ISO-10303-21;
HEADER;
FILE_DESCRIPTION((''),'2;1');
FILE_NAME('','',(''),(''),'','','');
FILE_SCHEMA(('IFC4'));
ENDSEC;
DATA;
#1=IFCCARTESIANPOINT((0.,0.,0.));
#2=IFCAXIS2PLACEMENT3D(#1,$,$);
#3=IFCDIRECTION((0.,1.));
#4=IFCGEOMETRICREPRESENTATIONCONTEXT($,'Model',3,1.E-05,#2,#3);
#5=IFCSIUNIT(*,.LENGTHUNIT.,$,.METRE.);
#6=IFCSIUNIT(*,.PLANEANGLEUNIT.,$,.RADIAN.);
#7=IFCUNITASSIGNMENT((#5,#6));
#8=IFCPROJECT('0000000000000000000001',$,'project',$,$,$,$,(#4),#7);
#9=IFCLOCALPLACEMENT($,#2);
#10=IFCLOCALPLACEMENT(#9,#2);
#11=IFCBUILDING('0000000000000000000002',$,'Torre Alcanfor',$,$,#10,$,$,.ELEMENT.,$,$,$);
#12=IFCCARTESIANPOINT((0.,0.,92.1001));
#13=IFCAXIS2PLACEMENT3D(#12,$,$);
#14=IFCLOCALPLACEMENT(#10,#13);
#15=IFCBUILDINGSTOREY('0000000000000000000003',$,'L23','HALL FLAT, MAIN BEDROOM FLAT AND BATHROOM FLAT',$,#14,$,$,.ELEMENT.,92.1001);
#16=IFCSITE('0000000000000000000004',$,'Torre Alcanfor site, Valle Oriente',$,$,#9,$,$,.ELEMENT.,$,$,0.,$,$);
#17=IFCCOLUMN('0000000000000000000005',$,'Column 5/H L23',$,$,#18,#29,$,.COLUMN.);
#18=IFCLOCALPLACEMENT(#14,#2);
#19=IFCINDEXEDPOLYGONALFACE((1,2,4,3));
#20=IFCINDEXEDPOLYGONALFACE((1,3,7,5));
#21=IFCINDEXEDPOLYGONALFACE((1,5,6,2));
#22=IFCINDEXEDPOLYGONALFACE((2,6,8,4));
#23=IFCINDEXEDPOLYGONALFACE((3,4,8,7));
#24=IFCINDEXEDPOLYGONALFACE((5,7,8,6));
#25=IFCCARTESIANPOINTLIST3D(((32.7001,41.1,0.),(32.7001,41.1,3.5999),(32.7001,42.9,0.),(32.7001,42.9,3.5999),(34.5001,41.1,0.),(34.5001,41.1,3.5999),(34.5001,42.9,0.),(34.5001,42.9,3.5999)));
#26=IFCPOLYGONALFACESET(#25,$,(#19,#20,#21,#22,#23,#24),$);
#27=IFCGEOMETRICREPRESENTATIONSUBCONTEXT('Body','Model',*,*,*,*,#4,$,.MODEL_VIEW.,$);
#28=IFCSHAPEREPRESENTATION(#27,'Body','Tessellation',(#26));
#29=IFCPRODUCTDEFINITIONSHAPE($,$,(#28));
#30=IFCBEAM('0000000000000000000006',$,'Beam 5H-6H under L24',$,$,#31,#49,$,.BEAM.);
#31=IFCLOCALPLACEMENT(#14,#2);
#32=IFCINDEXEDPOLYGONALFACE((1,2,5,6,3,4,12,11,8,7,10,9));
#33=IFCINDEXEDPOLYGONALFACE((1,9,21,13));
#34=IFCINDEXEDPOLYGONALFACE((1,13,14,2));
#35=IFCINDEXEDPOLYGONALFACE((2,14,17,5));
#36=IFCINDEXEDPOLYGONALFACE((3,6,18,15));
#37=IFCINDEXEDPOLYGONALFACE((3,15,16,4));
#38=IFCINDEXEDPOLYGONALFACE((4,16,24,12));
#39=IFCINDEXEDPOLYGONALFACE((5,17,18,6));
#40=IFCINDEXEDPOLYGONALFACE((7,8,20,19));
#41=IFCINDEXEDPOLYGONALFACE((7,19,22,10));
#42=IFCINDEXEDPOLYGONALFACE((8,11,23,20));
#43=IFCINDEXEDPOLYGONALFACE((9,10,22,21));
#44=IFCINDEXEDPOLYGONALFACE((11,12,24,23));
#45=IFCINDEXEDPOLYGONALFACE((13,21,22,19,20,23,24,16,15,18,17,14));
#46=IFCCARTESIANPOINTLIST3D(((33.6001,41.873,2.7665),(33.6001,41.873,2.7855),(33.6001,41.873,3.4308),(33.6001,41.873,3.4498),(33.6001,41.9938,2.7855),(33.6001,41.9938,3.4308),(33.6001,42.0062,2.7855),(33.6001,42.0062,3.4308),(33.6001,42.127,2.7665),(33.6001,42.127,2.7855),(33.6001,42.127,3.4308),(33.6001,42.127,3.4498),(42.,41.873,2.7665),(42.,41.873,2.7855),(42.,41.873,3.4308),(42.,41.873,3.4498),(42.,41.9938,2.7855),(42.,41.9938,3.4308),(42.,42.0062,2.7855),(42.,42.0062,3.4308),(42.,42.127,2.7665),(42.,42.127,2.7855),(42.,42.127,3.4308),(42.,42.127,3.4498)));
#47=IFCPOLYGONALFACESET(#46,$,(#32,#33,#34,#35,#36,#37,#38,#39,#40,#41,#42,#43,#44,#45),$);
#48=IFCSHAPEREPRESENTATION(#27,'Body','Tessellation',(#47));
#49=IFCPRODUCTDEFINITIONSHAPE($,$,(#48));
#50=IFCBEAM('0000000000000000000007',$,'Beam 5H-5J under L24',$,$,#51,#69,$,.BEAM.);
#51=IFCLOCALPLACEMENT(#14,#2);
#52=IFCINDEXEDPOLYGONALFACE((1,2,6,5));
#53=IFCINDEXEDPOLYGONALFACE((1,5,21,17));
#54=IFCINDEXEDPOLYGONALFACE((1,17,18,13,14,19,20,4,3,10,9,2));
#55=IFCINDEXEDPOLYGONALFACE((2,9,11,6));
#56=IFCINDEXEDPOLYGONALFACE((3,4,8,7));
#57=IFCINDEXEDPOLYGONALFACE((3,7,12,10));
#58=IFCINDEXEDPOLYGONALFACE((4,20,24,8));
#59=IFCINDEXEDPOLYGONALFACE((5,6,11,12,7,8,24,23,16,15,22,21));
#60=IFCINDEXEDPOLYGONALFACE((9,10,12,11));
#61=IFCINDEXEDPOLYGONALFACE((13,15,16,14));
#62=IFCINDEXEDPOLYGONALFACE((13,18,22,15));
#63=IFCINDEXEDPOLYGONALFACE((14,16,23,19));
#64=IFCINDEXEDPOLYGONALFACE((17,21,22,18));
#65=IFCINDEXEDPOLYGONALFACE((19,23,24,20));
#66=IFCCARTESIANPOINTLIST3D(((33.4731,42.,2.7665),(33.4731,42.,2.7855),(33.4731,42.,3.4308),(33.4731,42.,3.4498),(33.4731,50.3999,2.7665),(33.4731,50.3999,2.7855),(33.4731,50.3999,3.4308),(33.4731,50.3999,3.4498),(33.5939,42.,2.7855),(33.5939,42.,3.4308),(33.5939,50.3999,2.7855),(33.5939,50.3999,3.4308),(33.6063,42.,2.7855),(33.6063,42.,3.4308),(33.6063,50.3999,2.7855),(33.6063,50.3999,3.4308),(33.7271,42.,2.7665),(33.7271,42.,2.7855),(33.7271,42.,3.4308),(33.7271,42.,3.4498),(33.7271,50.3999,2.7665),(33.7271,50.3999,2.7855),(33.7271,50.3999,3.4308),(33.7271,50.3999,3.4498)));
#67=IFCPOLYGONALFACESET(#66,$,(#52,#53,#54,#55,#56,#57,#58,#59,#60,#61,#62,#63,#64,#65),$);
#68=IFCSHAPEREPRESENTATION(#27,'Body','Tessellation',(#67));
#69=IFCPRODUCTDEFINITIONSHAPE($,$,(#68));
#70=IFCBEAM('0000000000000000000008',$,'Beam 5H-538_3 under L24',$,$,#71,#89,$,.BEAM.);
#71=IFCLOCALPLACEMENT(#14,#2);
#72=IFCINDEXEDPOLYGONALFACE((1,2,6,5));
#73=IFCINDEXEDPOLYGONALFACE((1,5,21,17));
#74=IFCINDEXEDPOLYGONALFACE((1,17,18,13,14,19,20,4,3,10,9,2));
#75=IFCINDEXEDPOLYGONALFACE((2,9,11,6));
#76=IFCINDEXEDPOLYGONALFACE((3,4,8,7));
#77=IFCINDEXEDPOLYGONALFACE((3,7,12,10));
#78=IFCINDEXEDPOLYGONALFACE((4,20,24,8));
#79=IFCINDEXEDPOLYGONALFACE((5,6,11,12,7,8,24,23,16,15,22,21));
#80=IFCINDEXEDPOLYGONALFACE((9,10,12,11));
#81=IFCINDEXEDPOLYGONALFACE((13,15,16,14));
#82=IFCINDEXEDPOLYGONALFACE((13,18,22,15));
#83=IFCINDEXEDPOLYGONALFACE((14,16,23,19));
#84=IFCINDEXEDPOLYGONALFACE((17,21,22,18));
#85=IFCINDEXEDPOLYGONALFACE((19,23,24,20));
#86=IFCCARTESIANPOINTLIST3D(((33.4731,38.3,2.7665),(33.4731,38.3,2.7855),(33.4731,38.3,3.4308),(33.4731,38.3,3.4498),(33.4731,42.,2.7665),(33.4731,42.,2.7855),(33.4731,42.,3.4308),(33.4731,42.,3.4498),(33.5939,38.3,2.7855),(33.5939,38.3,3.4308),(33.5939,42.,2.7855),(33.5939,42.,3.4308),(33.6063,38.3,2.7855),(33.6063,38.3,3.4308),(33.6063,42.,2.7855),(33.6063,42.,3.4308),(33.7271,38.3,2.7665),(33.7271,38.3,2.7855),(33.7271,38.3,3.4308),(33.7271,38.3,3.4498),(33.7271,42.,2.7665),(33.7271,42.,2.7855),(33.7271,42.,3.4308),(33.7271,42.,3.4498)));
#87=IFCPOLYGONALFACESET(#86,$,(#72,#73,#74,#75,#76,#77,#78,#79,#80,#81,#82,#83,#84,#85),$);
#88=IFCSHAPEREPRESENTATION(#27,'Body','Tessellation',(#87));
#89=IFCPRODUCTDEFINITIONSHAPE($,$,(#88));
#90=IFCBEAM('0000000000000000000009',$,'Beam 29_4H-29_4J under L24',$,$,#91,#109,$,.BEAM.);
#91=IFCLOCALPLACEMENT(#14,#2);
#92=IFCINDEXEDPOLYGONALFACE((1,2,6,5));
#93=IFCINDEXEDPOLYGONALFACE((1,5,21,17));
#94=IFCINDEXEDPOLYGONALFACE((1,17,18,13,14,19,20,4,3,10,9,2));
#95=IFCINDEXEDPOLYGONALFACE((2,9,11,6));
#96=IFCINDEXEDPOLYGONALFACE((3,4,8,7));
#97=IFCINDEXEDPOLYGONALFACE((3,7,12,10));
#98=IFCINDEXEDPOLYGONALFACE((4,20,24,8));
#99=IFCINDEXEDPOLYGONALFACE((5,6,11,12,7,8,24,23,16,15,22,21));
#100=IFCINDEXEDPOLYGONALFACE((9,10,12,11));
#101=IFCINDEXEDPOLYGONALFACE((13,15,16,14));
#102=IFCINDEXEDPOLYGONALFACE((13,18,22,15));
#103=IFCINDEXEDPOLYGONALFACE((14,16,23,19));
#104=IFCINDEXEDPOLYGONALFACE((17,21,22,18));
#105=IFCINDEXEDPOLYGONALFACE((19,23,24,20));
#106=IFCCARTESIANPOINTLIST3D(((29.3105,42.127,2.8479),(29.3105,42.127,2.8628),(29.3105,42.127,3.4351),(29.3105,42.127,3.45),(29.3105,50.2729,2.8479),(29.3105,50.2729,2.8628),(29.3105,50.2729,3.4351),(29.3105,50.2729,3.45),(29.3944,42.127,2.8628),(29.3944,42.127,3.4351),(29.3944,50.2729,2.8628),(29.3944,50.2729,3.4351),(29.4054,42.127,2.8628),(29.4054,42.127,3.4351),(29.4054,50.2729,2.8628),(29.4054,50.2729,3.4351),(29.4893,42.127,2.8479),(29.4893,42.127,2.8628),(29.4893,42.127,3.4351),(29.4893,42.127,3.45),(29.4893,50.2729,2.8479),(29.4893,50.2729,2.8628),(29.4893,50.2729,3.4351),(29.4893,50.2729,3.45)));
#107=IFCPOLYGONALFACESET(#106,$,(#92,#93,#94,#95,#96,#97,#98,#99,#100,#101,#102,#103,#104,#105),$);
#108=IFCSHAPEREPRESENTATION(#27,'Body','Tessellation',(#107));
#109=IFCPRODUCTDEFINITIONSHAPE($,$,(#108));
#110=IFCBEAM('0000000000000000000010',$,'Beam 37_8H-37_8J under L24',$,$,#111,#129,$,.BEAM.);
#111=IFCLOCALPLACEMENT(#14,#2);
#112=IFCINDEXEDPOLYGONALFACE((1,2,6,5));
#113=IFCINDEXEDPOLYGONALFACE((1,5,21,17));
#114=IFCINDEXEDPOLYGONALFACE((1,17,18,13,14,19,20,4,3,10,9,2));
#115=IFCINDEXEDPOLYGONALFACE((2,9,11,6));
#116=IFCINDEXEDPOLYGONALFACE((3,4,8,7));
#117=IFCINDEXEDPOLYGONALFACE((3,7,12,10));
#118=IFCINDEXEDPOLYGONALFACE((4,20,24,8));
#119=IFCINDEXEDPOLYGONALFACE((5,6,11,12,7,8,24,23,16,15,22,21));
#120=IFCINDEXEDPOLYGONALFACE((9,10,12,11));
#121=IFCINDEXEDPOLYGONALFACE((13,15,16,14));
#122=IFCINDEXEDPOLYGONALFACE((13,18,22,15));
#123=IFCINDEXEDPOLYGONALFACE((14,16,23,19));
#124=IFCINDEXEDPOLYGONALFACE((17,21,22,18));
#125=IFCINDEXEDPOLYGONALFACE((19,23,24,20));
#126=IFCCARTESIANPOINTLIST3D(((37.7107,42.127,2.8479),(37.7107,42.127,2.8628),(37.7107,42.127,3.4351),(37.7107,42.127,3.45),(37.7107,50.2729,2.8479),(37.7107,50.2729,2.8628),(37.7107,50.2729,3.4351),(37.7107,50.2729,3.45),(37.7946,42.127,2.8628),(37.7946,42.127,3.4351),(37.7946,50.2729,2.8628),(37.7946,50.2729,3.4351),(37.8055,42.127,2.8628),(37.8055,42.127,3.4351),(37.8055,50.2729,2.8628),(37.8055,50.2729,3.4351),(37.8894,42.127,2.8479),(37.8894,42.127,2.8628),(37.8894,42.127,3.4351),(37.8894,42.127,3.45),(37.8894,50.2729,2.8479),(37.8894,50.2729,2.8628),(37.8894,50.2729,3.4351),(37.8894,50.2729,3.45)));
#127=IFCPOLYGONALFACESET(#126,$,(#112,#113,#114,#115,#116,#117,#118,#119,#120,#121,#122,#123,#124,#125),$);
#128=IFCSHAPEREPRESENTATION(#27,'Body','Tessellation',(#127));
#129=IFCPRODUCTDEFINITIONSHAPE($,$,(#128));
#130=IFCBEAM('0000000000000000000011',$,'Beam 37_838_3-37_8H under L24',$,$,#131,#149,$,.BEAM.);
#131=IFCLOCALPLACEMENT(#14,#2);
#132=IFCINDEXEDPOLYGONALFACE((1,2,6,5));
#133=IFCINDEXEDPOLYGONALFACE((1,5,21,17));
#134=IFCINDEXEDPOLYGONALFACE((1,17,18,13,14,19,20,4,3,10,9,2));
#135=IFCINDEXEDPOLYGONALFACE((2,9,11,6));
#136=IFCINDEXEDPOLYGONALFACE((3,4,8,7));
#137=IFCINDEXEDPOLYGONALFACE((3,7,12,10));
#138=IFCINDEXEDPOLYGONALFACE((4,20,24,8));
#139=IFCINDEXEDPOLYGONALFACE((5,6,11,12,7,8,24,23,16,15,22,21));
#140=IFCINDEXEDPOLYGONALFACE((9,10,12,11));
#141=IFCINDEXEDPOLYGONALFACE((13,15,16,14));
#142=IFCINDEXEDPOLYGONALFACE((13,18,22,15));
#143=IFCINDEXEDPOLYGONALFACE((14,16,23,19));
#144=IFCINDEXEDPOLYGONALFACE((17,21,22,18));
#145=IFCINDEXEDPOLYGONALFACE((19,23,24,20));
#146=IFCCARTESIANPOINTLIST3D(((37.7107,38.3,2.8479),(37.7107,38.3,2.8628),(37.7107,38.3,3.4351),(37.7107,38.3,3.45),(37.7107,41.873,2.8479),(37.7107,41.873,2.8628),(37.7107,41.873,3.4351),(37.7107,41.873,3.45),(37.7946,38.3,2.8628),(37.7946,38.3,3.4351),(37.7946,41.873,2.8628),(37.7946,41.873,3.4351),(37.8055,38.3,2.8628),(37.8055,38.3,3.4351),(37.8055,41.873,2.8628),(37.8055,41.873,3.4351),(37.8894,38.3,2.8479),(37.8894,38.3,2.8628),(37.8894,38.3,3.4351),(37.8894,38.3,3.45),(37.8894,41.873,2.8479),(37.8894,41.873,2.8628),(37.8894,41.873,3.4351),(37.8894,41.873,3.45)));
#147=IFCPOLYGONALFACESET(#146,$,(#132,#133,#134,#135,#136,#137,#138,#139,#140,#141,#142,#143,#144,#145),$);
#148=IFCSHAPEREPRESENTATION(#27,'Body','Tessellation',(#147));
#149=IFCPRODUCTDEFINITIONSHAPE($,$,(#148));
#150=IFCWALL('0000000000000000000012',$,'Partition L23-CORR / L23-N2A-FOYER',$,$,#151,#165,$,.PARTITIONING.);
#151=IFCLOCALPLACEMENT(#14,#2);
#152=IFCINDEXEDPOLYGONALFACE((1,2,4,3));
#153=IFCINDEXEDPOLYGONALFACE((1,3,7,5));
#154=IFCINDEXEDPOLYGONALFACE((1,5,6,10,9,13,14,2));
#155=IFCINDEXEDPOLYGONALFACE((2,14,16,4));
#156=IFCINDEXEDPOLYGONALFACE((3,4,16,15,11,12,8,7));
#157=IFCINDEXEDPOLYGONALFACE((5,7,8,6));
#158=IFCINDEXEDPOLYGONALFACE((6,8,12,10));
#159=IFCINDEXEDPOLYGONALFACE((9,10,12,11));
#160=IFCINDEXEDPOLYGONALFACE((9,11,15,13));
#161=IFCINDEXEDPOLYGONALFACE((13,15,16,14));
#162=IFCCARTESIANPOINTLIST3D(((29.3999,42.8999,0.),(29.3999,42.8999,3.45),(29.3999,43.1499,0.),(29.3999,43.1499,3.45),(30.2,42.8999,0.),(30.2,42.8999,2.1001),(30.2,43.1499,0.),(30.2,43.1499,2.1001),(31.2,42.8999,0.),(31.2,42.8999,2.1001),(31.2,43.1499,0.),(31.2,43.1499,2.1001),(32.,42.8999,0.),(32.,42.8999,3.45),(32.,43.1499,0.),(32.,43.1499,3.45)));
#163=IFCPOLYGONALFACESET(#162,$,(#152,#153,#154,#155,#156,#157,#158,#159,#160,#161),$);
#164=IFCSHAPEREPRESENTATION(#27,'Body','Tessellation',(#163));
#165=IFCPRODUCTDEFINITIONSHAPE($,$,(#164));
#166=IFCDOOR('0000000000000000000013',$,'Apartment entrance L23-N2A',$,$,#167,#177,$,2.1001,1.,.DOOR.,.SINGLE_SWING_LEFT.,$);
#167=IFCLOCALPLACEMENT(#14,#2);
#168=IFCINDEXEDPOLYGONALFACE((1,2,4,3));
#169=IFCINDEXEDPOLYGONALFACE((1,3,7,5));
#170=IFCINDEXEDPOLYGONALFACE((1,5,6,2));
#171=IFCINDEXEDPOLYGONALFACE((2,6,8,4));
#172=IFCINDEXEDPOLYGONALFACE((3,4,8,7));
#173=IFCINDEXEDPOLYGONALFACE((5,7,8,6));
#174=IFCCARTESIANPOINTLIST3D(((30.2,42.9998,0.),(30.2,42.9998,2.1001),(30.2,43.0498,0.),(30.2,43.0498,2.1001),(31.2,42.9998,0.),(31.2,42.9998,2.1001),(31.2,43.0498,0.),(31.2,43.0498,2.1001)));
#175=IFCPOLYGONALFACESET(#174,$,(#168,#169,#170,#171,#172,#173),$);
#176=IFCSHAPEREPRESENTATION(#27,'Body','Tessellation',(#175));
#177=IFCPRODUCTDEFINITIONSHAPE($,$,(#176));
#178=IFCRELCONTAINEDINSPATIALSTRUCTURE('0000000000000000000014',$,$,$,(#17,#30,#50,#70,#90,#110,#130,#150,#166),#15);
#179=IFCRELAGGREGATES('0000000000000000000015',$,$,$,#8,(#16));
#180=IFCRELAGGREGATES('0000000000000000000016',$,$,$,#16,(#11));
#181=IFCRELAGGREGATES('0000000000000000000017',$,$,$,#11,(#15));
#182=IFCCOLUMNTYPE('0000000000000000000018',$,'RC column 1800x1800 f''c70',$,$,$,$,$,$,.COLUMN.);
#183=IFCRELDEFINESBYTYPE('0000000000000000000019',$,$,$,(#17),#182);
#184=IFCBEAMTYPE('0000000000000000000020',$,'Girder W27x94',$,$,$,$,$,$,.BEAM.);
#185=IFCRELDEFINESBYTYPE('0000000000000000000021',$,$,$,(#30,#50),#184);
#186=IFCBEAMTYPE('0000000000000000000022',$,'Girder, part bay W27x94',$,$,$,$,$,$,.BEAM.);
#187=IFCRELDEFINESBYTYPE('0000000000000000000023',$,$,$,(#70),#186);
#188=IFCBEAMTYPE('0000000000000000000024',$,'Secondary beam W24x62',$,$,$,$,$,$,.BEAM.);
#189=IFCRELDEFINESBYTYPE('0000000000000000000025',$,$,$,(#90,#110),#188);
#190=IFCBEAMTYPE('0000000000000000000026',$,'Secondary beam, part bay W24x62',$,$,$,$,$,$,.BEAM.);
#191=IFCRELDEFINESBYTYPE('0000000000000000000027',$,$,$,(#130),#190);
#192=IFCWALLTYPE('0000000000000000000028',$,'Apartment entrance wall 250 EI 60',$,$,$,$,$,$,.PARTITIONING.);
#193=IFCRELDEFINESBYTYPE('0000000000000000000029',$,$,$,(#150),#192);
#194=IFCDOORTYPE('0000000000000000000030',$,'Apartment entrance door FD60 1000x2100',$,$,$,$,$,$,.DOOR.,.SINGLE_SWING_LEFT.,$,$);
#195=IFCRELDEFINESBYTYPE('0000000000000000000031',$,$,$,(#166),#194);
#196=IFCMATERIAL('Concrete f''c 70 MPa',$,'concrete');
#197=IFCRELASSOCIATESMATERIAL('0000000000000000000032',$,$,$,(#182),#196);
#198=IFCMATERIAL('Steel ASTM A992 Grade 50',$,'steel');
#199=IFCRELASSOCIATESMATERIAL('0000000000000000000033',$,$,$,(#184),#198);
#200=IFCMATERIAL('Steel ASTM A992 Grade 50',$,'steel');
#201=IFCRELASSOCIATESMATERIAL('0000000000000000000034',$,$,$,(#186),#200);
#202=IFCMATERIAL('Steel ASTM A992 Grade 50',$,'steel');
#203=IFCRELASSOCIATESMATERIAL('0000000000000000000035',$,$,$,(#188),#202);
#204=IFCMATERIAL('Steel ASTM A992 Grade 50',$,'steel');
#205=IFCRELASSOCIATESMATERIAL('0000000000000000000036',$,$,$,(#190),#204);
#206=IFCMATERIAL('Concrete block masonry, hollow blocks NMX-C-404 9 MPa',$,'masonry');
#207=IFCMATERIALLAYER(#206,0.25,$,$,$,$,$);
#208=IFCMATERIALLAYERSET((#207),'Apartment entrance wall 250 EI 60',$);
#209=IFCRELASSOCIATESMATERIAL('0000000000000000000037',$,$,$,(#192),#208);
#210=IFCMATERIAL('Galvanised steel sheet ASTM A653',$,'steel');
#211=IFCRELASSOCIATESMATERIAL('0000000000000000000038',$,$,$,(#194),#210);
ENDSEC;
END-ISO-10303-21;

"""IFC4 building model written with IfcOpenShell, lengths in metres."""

from ifc_helpers import new_model, si_unit, direction, frame, frame_2d, origin, origin_2d, place, context, subcontext, project, spatial, rectangle, i_section, extrude, material, layer, layer_set, material_profile, profile_set, type_object, element, fill, save


model = new_model("IFC4")

# Units and contexts
model_context = context("Model", 3, precision=1e-05, world=origin(), true_north=direction((0.0, 1.0)))
body_context = subcontext(model_context, "Body", "Model", "MODEL_VIEW")
ifc_project = project(units=[si_unit("LENGTHUNIT", "METRE"), si_unit("PLANEANGLEUNIT", "RADIAN")], contexts=[model_context])

# Site, building, storey
site_placement = place(None, origin())
site = spatial("IfcSite", under=ifc_project, at=site_placement, Name="Torre Alcanfor site, Valle Oriente", CompositionType="ELEMENT", RefElevation=0.0)
building_placement = place(site_placement, origin())
building = spatial("IfcBuilding", under=site, at=building_placement, Name="Torre Alcanfor", CompositionType="ELEMENT")
storey_placement = place(building_placement, frame((0.0, 0.0, 92.1001)))
storey = spatial("IfcBuildingStorey", under=building, at=storey_placement, Name="L23", Description="HALL FLAT, MAIN BEDROOM FLAT AND BATHROOM FLAT", CompositionType="ELEMENT", Elevation=92.1001)

# Column
ifc_material_1 = material(Name="Concrete f'c 70 MPa", Category="concrete")
ifc_material_profile_1 = material_profile(ifc_material_1, rectangle(XDim=1.8, YDim=1.8, at=origin_2d()), Name="1800x1800")
ifc_profile_set_1 = profile_set([ifc_material_profile_1], Name="Concrete f'c 70 MPa")
column_type = type_object("IfcColumnType", Name="RC column 1800x1800 f'c70", PredefinedType="COLUMN", material=ifc_profile_set_1)
column_placement = place(storey_placement, frame((33.6001, 42.0, 0.0), z_axis=(0.0, 0.0, 1.0), x_axis=(1.0, 0.0, 0.0)))
element("IfcColumn", 1, at=column_placement, inside=storey, type_object=column_type, Name="Column 5/H L23", PredefinedType="COLUMN", context=body_context, shape_type="SweptSolid", body=[
    extrude(rectangle(XDim=1.8, YDim=1.8, at=origin_2d()), origin(), (0.0, 0.0, 1.0), 3.5999),
])

# Beams
ifc_material_2 = material(Name="Steel ASTM A992 Grade 50", Category="steel")
ifc_material_profile_2 = material_profile(ifc_material_2, i_section(OverallWidth=0.2539, OverallDepth=0.6833, WebThickness=0.0125, FlangeThickness=0.019, at=origin_2d()), Name="W27x94")
ifc_profile_set_2 = profile_set([ifc_material_profile_2], Name="Steel ASTM A992 Grade 50")
beam_type_1 = type_object("IfcBeamType", Name="Girder W27x94", PredefinedType="BEAM", material=ifc_profile_set_2)
for number, where, z_axis, x_axis, name in (
    (2, (33.6001, 42.0, 3.1082), (1.0, 0.0, 0.0), (0.0, 1.0, 0.0), "Beam 5H-6H under L24"),
    (3, (33.6001, 42.0, 3.1082), (0.0, 1.0, 0.0), (-1.0, 0.0, 0.0), "Beam 5H-5J under L24"),
):
    element("IfcBeam", number, at=place(storey_placement, frame(where, z_axis=z_axis, x_axis=x_axis)), inside=storey, type_object=beam_type_1, Name=name, PredefinedType="BEAM", context=body_context, shape_type="SweptSolid", body=[
        extrude(i_section(OverallWidth=0.2539, OverallDepth=0.6833, WebThickness=0.0125, FlangeThickness=0.019, at=origin_2d()), origin(), (0.0, 0.0, 1.0), 8.3999),
    ])
ifc_material_3 = material(Name="Steel ASTM A992 Grade 50", Category="steel")
ifc_material_profile_3 = material_profile(ifc_material_3, i_section(OverallWidth=0.2539, OverallDepth=0.6833, WebThickness=0.0125, FlangeThickness=0.019, at=origin_2d()), Name="W27x94")
ifc_profile_set_3 = profile_set([ifc_material_profile_3], Name="Steel ASTM A992 Grade 50")
beam_type_2 = type_object("IfcBeamType", Name="Girder, part bay W27x94", PredefinedType="BEAM", material=ifc_profile_set_3)
beam_1_placement = place(storey_placement, frame((33.6001, 42.0, 3.1082), z_axis=(0.0, -1.0, 0.0), x_axis=(1.0, 0.0, 0.0)))
element("IfcBeam", 4, at=beam_1_placement, inside=storey, type_object=beam_type_2, Name="Beam 5H-538_3 under L24", PredefinedType="BEAM", context=body_context, shape_type="SweptSolid", body=[
    extrude(i_section(OverallWidth=0.2539, OverallDepth=0.6833, WebThickness=0.0125, FlangeThickness=0.019, at=origin_2d()), origin(), (0.0, 0.0, 1.0), 3.7),
])
ifc_material_4 = material(Name="Steel ASTM A992 Grade 50", Category="steel")
ifc_material_profile_4 = material_profile(ifc_material_4, i_section(OverallWidth=0.1787, OverallDepth=0.6021, WebThickness=0.011, FlangeThickness=0.0149, at=origin_2d()), Name="W24x62")
ifc_profile_set_4 = profile_set([ifc_material_profile_4], Name="Steel ASTM A992 Grade 50")
beam_type_3 = type_object("IfcBeamType", Name="Secondary beam W24x62", PredefinedType="BEAM", material=ifc_profile_set_4)
for number, where, z_axis, x_axis, name in (
    (5, (29.3999, 42.127, 3.1489), (0.0, 1.0, 0.0), (-1.0, 0.0, 0.0), "Beam 29_4H-29_4J under L24"),
    (6, (37.8, 42.127, 3.1489), (0.0, 1.0, 0.0), (-1.0, 0.0, 0.0), "Beam 37_8H-37_8J under L24"),
):
    element("IfcBeam", number, at=place(storey_placement, frame(where, z_axis=z_axis, x_axis=x_axis)), inside=storey, type_object=beam_type_3, Name=name, PredefinedType="BEAM", context=body_context, shape_type="SweptSolid", body=[
        extrude(i_section(OverallWidth=0.1787, OverallDepth=0.6021, WebThickness=0.011, FlangeThickness=0.0149, at=origin_2d()), origin(), (0.0, 0.0, 1.0), 8.146),
    ])
ifc_material_5 = material(Name="Steel ASTM A992 Grade 50", Category="steel")
ifc_material_profile_5 = material_profile(ifc_material_5, i_section(OverallWidth=0.1787, OverallDepth=0.6021, WebThickness=0.011, FlangeThickness=0.0149, at=origin_2d()), Name="W24x62")
ifc_profile_set_5 = profile_set([ifc_material_profile_5], Name="Steel ASTM A992 Grade 50")
beam_type_4 = type_object("IfcBeamType", Name="Secondary beam, part bay W24x62", PredefinedType="BEAM", material=ifc_profile_set_5)
beam_2_placement = place(storey_placement, frame((37.8, 38.3, 3.1489), z_axis=(0.0, 1.0, 0.0), x_axis=(-1.0, 0.0, 0.0)))
element("IfcBeam", 7, at=beam_2_placement, inside=storey, type_object=beam_type_4, Name="Beam 37_838_3-37_8H under L24", PredefinedType="BEAM", context=body_context, shape_type="SweptSolid", body=[
    extrude(i_section(OverallWidth=0.1787, OverallDepth=0.6021, WebThickness=0.011, FlangeThickness=0.0149, at=origin_2d()), origin(), (0.0, 0.0, 1.0), 3.573),
])

# Wall, opening, door
ifc_material_6 = material(Name="Concrete block masonry, hollow blocks NMX-C-404 9 MPa", Category="masonry")
ifc_layer_1 = layer(ifc_material_6, 0.25)
ifc_layer_set_1 = layer_set([ifc_layer_1], Name="Apartment entrance wall 250 EI 60")
wall_type_1 = type_object("IfcWallType", Name="Apartment entrance wall 250 EI 60", PredefinedType="PARTITIONING", material=ifc_layer_set_1)
wall_1_placement = place(storey_placement, frame((29.3999, 43.0249, 0.0), z_axis=(0.0, 0.0, 1.0), x_axis=(1.0, 0.0, 0.0)))
wall_1 = element("IfcWall", 8, at=wall_1_placement, inside=storey, type_object=wall_type_1, Name="Partition L23-CORR / L23-N2A-FOYER", PredefinedType="PARTITIONING", context=body_context, shape_type="SweptSolid", body=[
    extrude(rectangle(XDim=2.6001, YDim=0.25, at=frame_2d((1.3, 0.0))), origin(), (0.0, 0.0, 1.0), 3.45),
])
opening_1_placement = place(wall_1_placement, frame((0.8, 0.0, 0.0)))
opening_1 = element("IfcOpeningElement", 9, at=opening_1_placement, cuts=wall_1, PredefinedType="OPENING", context=body_context, shape_type="SweptSolid", body=[
    extrude(rectangle(XDim=1.0, YDim=2.1001, at=frame_2d((0.5, 1.05))), frame((0.0, 0.135, 0.0), z_axis=(0.0, -1.0, 0.0), x_axis=(1.0, 0.0, 0.0)), (0.0, 0.0, 1.0), 0.27),
])
ifc_material_7 = material(Name="Galvanised steel sheet ASTM A653", Category="steel")
door_type_1 = type_object("IfcDoorType", Name="Apartment entrance door FD60 1000x2100", OperationType="SINGLE_SWING_LEFT", PredefinedType="DOOR", material=ifc_material_7)
door_1_placement = place(opening_1_placement, origin())
door_1 = element("IfcDoor", 10, at=door_1_placement, inside=storey, type_object=door_type_1, Name="Apartment entrance L23-N2A", OperationType="SINGLE_SWING_LEFT", OverallHeight=2.1001, OverallWidth=1.0, PredefinedType="DOOR", context=body_context, shape_type="SweptSolid", body=[
    extrude(rectangle(XDim=1.0, YDim=2.1001, at=frame_2d((0.5, 1.05))), frame((0.0, 0.0249, 0.0), z_axis=(0.0, -1.0, 0.0), x_axis=(1.0, 0.0, 0.0)), (0.0, 0.0, 1.0), 0.05),
])
fill(opening_1, door_1)

save(model, "model.ifc")
